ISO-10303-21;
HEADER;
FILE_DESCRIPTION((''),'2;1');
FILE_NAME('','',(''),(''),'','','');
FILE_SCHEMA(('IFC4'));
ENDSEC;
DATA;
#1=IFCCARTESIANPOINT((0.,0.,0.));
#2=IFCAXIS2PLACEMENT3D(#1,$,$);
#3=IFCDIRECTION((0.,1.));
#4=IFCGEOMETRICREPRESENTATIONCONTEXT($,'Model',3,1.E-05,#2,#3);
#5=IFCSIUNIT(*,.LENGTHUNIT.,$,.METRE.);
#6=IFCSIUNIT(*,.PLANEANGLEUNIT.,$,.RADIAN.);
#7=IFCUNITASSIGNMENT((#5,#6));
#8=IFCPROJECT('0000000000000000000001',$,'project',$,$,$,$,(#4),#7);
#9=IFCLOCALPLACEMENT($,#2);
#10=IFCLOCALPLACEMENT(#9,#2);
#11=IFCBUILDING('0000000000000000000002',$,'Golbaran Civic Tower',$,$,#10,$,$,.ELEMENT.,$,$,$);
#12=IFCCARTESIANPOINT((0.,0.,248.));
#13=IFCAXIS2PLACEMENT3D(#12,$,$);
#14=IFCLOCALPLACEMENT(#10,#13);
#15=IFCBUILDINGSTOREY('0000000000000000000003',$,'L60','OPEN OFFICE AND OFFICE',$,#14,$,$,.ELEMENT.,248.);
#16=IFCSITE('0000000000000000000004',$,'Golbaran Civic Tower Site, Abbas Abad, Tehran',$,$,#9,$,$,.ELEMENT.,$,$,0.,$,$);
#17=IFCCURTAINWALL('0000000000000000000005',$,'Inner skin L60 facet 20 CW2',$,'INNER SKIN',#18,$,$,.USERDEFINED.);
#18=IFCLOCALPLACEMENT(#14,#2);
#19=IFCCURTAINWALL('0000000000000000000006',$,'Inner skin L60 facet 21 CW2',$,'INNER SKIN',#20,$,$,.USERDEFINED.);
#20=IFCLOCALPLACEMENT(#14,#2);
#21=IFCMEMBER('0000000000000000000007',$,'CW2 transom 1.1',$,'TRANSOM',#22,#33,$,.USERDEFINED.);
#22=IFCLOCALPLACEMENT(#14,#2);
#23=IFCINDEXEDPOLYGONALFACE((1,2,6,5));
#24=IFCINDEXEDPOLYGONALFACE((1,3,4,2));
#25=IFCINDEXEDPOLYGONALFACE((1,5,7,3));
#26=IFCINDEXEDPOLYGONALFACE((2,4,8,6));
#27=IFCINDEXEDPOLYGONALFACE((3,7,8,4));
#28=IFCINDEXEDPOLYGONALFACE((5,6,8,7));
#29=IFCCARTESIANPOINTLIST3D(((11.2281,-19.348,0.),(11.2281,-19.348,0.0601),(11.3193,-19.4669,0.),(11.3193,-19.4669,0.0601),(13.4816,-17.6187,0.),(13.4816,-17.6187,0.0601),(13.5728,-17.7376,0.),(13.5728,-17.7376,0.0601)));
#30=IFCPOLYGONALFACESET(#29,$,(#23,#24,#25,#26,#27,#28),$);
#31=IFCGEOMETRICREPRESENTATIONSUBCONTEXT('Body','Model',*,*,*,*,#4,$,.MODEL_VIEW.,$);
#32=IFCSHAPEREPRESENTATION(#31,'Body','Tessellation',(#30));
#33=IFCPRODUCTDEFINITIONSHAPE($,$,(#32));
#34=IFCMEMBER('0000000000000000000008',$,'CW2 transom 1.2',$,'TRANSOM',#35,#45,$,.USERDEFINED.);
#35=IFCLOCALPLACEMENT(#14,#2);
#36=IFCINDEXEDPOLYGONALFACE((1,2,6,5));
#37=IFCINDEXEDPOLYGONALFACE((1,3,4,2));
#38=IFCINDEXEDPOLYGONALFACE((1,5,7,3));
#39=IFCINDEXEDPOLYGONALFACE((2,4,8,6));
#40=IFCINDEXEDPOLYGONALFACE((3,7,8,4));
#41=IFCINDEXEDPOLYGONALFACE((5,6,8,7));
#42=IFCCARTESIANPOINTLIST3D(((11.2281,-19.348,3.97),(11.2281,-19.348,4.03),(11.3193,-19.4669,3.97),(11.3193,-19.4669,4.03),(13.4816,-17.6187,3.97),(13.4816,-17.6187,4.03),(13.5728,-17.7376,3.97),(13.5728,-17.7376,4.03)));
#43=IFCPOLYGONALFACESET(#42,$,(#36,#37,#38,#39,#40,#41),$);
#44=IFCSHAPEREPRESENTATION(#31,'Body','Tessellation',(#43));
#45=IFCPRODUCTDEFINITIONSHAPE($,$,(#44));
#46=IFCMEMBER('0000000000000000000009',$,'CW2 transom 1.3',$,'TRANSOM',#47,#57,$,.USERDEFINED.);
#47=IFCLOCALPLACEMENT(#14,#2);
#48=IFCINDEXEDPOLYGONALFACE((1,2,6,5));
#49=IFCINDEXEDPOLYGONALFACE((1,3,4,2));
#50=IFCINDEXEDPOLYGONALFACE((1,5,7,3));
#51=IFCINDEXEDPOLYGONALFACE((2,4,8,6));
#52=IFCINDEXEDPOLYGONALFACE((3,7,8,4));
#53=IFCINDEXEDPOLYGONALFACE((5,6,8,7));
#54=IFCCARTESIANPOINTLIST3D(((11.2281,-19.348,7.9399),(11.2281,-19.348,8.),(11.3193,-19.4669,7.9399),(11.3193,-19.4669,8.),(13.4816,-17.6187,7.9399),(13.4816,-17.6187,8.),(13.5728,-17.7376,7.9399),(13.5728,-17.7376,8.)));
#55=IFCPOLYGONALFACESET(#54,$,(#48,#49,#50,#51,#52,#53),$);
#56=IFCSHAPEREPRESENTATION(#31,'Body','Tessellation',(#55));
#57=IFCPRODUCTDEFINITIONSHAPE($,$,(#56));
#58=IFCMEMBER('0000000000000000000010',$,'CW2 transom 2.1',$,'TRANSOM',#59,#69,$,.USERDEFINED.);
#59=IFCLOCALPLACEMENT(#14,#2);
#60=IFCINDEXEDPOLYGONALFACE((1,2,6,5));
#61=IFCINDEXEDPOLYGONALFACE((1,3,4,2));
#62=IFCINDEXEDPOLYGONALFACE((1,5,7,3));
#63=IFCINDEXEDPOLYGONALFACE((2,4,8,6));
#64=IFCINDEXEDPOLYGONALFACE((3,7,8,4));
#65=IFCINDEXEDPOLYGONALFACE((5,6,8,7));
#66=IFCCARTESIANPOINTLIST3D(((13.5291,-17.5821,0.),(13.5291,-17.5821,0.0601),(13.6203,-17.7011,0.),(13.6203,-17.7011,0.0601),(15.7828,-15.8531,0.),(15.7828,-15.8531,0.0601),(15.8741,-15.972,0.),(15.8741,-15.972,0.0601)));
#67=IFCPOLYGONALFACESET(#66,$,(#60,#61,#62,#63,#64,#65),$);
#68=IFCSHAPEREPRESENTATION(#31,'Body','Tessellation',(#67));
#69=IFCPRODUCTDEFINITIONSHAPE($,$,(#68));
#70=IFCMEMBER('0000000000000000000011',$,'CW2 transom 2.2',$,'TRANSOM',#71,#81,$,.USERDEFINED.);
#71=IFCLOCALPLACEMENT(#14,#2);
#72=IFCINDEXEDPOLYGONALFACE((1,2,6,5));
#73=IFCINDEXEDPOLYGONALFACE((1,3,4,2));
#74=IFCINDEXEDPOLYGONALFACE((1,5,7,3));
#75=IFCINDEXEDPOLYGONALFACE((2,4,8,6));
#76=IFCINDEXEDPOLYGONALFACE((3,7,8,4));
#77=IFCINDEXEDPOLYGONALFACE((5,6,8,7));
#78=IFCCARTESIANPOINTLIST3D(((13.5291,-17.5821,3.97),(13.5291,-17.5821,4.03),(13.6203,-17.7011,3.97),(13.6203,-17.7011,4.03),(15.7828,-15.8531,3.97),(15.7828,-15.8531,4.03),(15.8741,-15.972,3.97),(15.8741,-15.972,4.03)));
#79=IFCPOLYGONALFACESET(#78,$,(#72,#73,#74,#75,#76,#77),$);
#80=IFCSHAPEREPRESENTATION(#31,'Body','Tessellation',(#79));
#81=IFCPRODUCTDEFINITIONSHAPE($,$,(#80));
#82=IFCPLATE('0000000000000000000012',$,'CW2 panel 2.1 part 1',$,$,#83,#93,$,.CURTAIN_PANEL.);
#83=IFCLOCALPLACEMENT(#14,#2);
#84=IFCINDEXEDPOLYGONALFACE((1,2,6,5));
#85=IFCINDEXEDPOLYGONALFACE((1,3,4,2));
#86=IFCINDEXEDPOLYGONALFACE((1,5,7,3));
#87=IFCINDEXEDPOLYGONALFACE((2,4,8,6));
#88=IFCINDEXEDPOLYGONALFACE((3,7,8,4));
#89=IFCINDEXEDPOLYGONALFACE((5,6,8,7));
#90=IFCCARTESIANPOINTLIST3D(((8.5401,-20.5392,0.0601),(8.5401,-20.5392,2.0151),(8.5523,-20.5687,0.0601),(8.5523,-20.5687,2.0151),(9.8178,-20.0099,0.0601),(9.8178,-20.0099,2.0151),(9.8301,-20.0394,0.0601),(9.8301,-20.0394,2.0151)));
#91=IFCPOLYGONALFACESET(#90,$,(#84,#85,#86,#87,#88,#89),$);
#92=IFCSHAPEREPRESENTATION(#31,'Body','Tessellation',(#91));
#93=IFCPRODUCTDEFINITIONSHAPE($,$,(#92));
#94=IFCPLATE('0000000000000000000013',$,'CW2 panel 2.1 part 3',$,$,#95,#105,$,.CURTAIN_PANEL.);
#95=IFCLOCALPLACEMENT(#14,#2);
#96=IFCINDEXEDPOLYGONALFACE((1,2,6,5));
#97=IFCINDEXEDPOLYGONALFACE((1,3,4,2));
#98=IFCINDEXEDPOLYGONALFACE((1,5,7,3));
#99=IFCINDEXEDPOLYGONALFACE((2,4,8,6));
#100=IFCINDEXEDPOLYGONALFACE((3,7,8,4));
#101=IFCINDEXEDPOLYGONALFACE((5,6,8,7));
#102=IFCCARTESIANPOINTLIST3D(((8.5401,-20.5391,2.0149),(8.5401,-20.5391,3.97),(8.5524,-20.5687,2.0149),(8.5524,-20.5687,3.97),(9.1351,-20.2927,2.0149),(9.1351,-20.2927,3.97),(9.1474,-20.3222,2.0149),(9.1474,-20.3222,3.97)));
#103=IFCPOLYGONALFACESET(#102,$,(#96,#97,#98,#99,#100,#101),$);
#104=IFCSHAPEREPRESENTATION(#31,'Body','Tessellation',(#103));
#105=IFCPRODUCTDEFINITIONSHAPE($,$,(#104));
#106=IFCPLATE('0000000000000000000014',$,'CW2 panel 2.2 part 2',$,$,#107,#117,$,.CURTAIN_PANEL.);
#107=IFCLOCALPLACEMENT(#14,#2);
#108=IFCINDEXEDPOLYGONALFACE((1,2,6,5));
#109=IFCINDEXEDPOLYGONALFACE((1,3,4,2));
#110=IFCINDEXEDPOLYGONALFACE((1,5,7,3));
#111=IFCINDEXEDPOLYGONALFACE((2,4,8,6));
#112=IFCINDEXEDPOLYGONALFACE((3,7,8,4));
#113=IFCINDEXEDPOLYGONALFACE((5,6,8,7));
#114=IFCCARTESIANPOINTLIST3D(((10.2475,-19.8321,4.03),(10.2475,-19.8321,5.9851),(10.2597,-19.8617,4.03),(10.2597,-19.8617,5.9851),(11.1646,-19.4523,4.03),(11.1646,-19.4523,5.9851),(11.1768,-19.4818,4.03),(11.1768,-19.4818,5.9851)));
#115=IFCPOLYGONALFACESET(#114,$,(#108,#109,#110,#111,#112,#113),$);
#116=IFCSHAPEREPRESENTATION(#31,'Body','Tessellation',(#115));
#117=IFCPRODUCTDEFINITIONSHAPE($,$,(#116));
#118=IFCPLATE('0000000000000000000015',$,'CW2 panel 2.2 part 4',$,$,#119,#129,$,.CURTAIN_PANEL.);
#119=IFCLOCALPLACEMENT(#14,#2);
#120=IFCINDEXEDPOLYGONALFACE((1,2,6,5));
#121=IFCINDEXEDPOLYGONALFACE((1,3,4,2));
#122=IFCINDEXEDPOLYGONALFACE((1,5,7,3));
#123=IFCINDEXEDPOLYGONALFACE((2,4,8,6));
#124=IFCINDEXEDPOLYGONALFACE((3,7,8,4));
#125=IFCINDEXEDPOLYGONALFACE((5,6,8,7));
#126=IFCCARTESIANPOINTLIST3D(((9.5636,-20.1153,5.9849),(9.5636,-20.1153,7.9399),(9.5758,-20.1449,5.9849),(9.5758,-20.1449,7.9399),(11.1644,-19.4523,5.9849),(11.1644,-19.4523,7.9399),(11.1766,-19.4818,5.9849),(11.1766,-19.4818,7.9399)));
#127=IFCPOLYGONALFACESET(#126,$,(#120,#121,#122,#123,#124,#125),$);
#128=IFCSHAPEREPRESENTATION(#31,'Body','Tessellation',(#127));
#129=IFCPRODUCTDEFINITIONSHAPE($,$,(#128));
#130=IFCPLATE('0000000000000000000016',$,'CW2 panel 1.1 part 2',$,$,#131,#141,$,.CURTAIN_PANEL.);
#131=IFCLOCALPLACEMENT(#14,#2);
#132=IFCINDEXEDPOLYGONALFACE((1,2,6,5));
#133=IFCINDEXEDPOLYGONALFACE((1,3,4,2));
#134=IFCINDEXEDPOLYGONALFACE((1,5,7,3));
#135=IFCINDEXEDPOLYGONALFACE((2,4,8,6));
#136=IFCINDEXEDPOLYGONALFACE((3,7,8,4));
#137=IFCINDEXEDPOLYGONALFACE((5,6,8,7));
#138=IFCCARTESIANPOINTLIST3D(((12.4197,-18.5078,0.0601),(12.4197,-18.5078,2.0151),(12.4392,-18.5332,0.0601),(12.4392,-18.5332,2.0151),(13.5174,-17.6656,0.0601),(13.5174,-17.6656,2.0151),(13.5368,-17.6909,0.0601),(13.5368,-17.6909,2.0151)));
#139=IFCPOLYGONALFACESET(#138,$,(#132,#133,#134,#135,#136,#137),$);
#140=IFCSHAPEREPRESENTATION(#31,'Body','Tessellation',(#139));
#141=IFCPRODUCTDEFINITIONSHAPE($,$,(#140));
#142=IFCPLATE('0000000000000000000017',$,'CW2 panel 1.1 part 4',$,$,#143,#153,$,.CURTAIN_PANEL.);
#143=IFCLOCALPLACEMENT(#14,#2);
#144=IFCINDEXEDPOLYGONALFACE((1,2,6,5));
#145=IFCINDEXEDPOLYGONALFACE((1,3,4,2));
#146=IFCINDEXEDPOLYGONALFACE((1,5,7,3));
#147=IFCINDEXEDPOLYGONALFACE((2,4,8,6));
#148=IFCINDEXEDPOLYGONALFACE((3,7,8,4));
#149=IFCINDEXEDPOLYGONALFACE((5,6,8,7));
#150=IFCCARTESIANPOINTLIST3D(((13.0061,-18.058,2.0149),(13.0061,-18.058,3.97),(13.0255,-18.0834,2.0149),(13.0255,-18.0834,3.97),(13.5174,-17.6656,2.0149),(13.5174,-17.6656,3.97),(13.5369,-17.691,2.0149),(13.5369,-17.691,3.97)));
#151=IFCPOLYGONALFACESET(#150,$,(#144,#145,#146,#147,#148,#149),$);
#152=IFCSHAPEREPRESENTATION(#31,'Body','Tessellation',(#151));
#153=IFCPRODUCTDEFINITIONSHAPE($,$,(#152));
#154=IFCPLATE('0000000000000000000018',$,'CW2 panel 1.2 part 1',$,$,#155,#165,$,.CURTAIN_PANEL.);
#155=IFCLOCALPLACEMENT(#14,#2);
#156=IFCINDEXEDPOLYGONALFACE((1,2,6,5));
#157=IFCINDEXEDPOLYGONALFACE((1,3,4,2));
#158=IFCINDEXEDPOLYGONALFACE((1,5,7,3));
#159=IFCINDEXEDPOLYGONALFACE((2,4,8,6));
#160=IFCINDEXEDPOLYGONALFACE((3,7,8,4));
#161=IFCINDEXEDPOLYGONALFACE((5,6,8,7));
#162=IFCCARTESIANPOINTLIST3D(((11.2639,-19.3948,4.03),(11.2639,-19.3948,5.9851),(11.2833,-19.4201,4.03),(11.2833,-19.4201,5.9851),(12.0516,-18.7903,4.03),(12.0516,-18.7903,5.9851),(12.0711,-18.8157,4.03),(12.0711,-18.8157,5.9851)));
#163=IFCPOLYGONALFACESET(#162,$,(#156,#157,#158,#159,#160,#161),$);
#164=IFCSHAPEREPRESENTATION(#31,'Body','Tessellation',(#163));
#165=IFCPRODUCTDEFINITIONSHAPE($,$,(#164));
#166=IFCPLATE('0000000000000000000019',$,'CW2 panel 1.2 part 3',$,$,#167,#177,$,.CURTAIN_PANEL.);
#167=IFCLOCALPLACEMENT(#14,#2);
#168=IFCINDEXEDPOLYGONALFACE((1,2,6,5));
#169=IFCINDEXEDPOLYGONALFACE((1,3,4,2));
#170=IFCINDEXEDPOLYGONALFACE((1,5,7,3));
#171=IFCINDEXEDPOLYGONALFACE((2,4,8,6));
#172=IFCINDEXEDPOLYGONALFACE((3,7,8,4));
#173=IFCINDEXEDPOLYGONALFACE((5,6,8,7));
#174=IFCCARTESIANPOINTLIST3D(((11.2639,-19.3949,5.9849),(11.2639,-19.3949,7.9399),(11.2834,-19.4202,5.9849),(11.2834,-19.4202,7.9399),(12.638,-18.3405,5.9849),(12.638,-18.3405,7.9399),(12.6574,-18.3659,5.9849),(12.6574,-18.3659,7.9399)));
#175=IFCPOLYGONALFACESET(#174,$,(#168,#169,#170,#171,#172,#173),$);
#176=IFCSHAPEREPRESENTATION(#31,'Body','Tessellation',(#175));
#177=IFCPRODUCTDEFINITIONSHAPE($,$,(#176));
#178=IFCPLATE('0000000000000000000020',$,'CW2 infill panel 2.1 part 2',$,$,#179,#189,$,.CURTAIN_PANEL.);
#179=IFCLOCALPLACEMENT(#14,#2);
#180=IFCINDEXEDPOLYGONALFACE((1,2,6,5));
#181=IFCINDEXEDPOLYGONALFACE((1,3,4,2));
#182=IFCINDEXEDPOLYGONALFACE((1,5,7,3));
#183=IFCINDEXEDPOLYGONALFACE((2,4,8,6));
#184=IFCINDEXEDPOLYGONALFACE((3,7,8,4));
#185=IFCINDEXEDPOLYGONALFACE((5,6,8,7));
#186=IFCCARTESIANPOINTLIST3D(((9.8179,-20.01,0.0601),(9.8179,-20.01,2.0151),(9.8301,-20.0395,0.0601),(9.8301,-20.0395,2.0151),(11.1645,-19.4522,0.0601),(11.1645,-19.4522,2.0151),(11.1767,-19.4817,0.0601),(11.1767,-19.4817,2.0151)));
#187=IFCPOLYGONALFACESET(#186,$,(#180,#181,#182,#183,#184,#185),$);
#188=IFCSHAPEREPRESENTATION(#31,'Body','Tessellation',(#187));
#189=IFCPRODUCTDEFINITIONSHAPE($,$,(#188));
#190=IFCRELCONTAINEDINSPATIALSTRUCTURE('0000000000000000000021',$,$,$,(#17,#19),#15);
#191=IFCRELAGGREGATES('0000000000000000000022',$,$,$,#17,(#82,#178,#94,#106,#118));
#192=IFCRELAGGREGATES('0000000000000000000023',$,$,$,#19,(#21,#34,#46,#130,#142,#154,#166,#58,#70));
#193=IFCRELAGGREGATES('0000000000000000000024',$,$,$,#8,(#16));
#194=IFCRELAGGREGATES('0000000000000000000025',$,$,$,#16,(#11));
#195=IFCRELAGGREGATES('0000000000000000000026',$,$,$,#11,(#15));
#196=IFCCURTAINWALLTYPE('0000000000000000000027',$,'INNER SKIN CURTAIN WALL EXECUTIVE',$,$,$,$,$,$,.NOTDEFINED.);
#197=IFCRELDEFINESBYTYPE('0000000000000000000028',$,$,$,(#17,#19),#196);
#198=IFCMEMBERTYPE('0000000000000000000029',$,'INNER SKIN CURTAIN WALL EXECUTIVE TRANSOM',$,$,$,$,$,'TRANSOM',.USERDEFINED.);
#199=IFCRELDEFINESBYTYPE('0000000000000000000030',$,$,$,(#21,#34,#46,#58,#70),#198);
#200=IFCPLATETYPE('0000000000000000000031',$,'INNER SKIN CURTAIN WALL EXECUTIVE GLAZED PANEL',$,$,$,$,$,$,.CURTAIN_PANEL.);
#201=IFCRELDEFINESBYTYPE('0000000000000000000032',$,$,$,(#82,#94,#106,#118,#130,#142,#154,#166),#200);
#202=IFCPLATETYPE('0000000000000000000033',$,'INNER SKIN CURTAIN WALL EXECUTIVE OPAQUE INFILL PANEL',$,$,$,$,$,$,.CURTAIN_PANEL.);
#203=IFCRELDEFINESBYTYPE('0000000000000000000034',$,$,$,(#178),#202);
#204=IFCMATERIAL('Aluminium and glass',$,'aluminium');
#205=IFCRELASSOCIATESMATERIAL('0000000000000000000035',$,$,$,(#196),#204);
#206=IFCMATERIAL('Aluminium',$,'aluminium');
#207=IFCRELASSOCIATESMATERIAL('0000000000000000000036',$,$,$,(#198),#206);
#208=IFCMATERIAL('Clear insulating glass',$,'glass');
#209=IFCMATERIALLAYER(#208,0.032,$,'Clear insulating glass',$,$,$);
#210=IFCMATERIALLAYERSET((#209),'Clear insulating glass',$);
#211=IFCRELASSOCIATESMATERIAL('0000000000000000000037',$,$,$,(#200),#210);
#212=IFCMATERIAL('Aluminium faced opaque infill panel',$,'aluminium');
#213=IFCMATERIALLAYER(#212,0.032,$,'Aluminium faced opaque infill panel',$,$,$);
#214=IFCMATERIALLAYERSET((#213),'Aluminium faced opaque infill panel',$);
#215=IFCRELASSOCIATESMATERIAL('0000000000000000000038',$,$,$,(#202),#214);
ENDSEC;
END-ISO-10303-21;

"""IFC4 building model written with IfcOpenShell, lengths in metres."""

from ifc_helpers import new_model, si_unit, direction, frame, origin, origin_2d, place, context, subcontext, project, spatial, rectangle, extrude, material, layer, layer_set, material_profile, profile_set, type_object, element, aggregate, save


model = new_model("IFC4")

# Units and contexts
model_context = context("Model", 3, precision=1e-05, world=origin(), true_north=direction((0.0, 1.0)))
body_context = subcontext(model_context, "Body", "Model", "MODEL_VIEW")
ifc_project = project(units=[si_unit("LENGTHUNIT", "METRE"), si_unit("PLANEANGLEUNIT", "RADIAN")], contexts=[model_context])

# Site, building, storey
site_placement = place(None, origin())
site = spatial("IfcSite", under=ifc_project, at=site_placement, Name="Golbaran Civic Tower Site, Abbas Abad, Tehran", CompositionType="ELEMENT", RefElevation=0.0)
building_placement = place(site_placement, origin())
building = spatial("IfcBuilding", under=site, at=building_placement, Name="Golbaran Civic Tower", CompositionType="ELEMENT")
storey_placement = place(building_placement, frame((0.0, 0.0, 248.0)))
storey = spatial("IfcBuildingStorey", under=building, at=storey_placement, Name="L60", Description="OPEN OFFICE AND OFFICE", CompositionType="ELEMENT", Elevation=248.0)

# Curtain wall
ifc_material_1 = material(Name="Aluminium and glass", Category="aluminium")
curtain_wall_type = type_object("IfcCurtainWallType", Name="INNER SKIN CURTAIN WALL EXECUTIVE", PredefinedType="NOTDEFINED", material=ifc_material_1)
curtain_wall_1_placement = place(storey_placement, origin())
curtain_wall_1 = element("IfcCurtainWall", 1, at=curtain_wall_1_placement, inside=storey, type_object=curtain_wall_type, Name="Inner skin L60 facet 20 CW2", ObjectType="INNER SKIN", PredefinedType="USERDEFINED")
ifc_material_2 = material(Name="Aluminium", Category="aluminium")

# Curtain wall
curtain_wall_2_placement = place(storey_placement, origin())
curtain_wall_2 = element("IfcCurtainWall", 2, at=curtain_wall_2_placement, inside=storey, type_object=curtain_wall_type, Name="Inner skin L60 facet 21 CW2", ObjectType="INNER SKIN", PredefinedType="USERDEFINED")

# Members
ifc_material_profile_1 = material_profile(ifc_material_2, rectangle(XDim=0.1499, YDim=0.0601, at=origin_2d()), Name="INNER SKIN CURTAIN WALL EXECUTIVE TRANSOM")
ifc_profile_set_1 = profile_set([ifc_material_profile_1], Name="Aluminium")
member_type_1 = type_object("IfcMemberType", Name="INNER SKIN CURTAIN WALL EXECUTIVE TRANSOM", ElementType="TRANSOM", PredefinedType="USERDEFINED", material=ifc_profile_set_1)
member_1_placement = place(storey_placement, frame((11.2737, -19.4075, 0.03), z_axis=(0.79333, 0.608792, 0.0), x_axis=(-0.608792, 0.79333, 0.0)))
member_1 = element("IfcMember", 3, at=member_1_placement, type_object=member_type_1, Name="CW2 transom 1.1", ObjectType="TRANSOM", PredefinedType="USERDEFINED", context=body_context, shape_type="SweptSolid", body=[
    extrude(rectangle(XDim=0.1499, YDim=0.0601, at=origin_2d()), origin(), (0.0, 0.0, 1.0), 2.8406),
])
member_2_placement = place(storey_placement, frame((11.2737, -19.4075, 4.0), z_axis=(0.79333, 0.608792, 0.0), x_axis=(-0.608792, 0.79333, 0.0)))
member_2 = element("IfcMember", 4, at=member_2_placement, type_object=member_type_1, Name="CW2 transom 1.2", ObjectType="TRANSOM", PredefinedType="USERDEFINED", context=body_context, shape_type="SweptSolid", body=[
    extrude(rectangle(XDim=0.1499, YDim=0.0601, at=origin_2d()), origin(), (0.0, 0.0, 1.0), 2.8406),
])
member_3_placement = place(storey_placement, frame((11.2737, -19.4075, 7.97), z_axis=(0.79333, 0.608792, 0.0), x_axis=(-0.608792, 0.79333, 0.0)))
member_3 = element("IfcMember", 5, at=member_3_placement, type_object=member_type_1, Name="CW2 transom 1.3", ObjectType="TRANSOM", PredefinedType="USERDEFINED", context=body_context, shape_type="SweptSolid", body=[
    extrude(rectangle(XDim=0.1499, YDim=0.0601, at=origin_2d()), origin(), (0.0, 0.0, 1.0), 2.8406),
])
member_4_placement = place(storey_placement, frame((13.5747, -17.6416, 0.03), z_axis=(0.793403, 0.608697, 0.0), x_axis=(-0.608697, 0.793403, 0.0)))
member_4 = element("IfcMember", 6, at=member_4_placement, type_object=member_type_1, Name="CW2 transom 2.1", ObjectType="TRANSOM", PredefinedType="USERDEFINED", context=body_context, shape_type="SweptSolid", body=[
    extrude(rectangle(XDim=0.1499, YDim=0.0601, at=origin_2d()), origin(), (0.0, 0.0, 1.0), 2.8406),
])
member_5_placement = place(storey_placement, frame((13.5747, -17.6416, 4.0), z_axis=(0.793403, 0.608697, 0.0), x_axis=(-0.608697, 0.793403, 0.0)))
member_5 = element("IfcMember", 7, at=member_5_placement, type_object=member_type_1, Name="CW2 transom 2.2", ObjectType="TRANSOM", PredefinedType="USERDEFINED", context=body_context, shape_type="SweptSolid", body=[
    extrude(rectangle(XDim=0.1499, YDim=0.0601, at=origin_2d()), origin(), (0.0, 0.0, 1.0), 2.8406),
])

# Plates
ifc_material_3 = material(Name="Clear insulating glass", Category="glass")
ifc_layer_1 = layer(ifc_material_3, 0.032, Name="Clear insulating glass")
ifc_layer_set_1 = layer_set([ifc_layer_1], Name="Clear insulating glass")
plate_type_1 = type_object("IfcPlateType", Name="INNER SKIN CURTAIN WALL EXECUTIVE GLAZED PANEL", PredefinedType="CURTAIN_PANEL", material=ifc_layer_set_1)
plate_1_placement = place(storey_placement, frame((9.1851, -20.2893, 0.0601), z_axis=(0.0, 0.0, 1.0), x_axis=(0.92388, 0.382683, 0.0)))
plate_1 = element("IfcPlate", 8, at=plate_1_placement, type_object=plate_type_1, Name="CW2 panel 2.1 part 1", PredefinedType="CURTAIN_PANEL", context=body_context, shape_type="SweptSolid", body=[
    extrude(rectangle(XDim=1.3831, YDim=0.032, at=origin_2d()), origin(), (0.0, 0.0, 1.0), 1.9551),
])
plate_2_placement = place(storey_placement, frame((8.8438, -20.4307, 2.0149), z_axis=(0.0, 0.0, 1.0), x_axis=(0.92388, 0.382683, 0.0)))
plate_2 = element("IfcPlate", 9, at=plate_2_placement, type_object=plate_type_1, Name="CW2 panel 2.1 part 3", PredefinedType="CURTAIN_PANEL", context=body_context, shape_type="SweptSolid", body=[
    extrude(rectangle(XDim=0.644, YDim=0.032, at=origin_2d()), origin(), (0.0, 0.0, 1.0), 1.9551),
])
plate_3_placement = place(storey_placement, frame((10.7122, -19.657, 4.03), z_axis=(0.0, 0.0, 1.0), x_axis=(0.92388, 0.382683, 0.0)))
plate_3 = element("IfcPlate", 10, at=plate_3_placement, type_object=plate_type_1, Name="CW2 panel 2.2 part 2", PredefinedType="CURTAIN_PANEL", context=body_context, shape_type="SweptSolid", body=[
    extrude(rectangle(XDim=0.9927, YDim=0.032, at=origin_2d()), origin(), (0.0, 0.0, 1.0), 1.9551),
])
plate_4_placement = place(storey_placement, frame((10.3701, -19.7986, 5.9849), z_axis=(0.0, 0.0, 1.0), x_axis=(0.92388, 0.382683, 0.0)))
plate_4 = element("IfcPlate", 11, at=plate_4_placement, type_object=plate_type_1, Name="CW2 panel 2.2 part 4", PredefinedType="CURTAIN_PANEL", context=body_context, shape_type="SweptSolid", body=[
    extrude(rectangle(XDim=1.7327, YDim=0.032, at=origin_2d()), origin(), (0.0, 0.0, 1.0), 1.9551),
])
plate_5_placement = place(storey_placement, frame((12.9783, -18.0994, 0.0601), z_axis=(0.0, 0.0, 1.0), x_axis=(0.793353, 0.608761, 0.0)))
plate_5 = element("IfcPlate", 12, at=plate_5_placement, type_object=plate_type_1, Name="CW2 panel 1.1 part 2", PredefinedType="CURTAIN_PANEL", context=body_context, shape_type="SweptSolid", body=[
    extrude(rectangle(XDim=1.3835, YDim=0.032, at=origin_2d()), origin(), (0.0, 0.0, 1.0), 1.9551),
])
plate_6_placement = place(storey_placement, frame((13.2715, -17.8745, 2.0149), z_axis=(0.0, 0.0, 1.0), x_axis=(0.793353, 0.608761, 0.0)))
plate_6 = element("IfcPlate", 13, at=plate_6_placement, type_object=plate_type_1, Name="CW2 panel 1.1 part 4", PredefinedType="CURTAIN_PANEL", context=body_context, shape_type="SweptSolid", body=[
    extrude(rectangle(XDim=0.6445, YDim=0.032, at=origin_2d()), origin(), (0.0, 0.0, 1.0), 1.9551),
])
plate_7_placement = place(storey_placement, frame((11.6675, -19.1052, 4.03), z_axis=(0.0, 0.0, 1.0), x_axis=(0.793353, 0.608761, 0.0)))
plate_7 = element("IfcPlate", 14, at=plate_7_placement, type_object=plate_type_1, Name="CW2 panel 1.2 part 1", PredefinedType="CURTAIN_PANEL", context=body_context, shape_type="SweptSolid", body=[
    extrude(rectangle(XDim=0.9929, YDim=0.032, at=origin_2d()), origin(), (0.0, 0.0, 1.0), 1.9551),
])
plate_8_placement = place(storey_placement, frame((11.9607, -18.8804, 5.9849), z_axis=(0.0, 0.0, 1.0), x_axis=(0.793353, 0.608761, 0.0)))
plate_8 = element("IfcPlate", 15, at=plate_8_placement, type_object=plate_type_1, Name="CW2 panel 1.2 part 3", PredefinedType="CURTAIN_PANEL", context=body_context, shape_type="SweptSolid", body=[
    extrude(rectangle(XDim=1.7319, YDim=0.032, at=origin_2d()), origin(), (0.0, 0.0, 1.0), 1.9551),
])
ifc_material_4 = material(Name="Aluminium faced opaque infill panel", Category="aluminium")
ifc_layer_2 = layer(ifc_material_4, 0.032, Name="Aluminium faced opaque infill panel")
ifc_layer_set_2 = layer_set([ifc_layer_2], Name="Aluminium faced opaque infill panel")
plate_type_2 = type_object("IfcPlateType", Name="INNER SKIN CURTAIN WALL EXECUTIVE OPAQUE INFILL PANEL", PredefinedType="CURTAIN_PANEL", material=ifc_layer_set_2)
plate_9_placement = place(storey_placement, frame((10.4973, -19.7458, 0.0601), z_axis=(0.0, 0.0, 1.0), x_axis=(0.92388, 0.382683, 0.0)))
plate_9 = element("IfcPlate", 16, at=plate_9_placement, type_object=plate_type_2, Name="CW2 infill panel 2.1 part 2", PredefinedType="CURTAIN_PANEL", context=body_context, shape_type="SweptSolid", body=[
    extrude(rectangle(XDim=1.4575, YDim=0.032, at=origin_2d()), origin(), (0.0, 0.0, 1.0), 1.9551),
])
aggregate(curtain_wall_1, [plate_1, plate_9, plate_2, plate_3, plate_4])
aggregate(curtain_wall_2, [member_1, member_2, member_3, plate_5, plate_6, plate_7, plate_8, member_4, member_5])

save(model, "model.ifc")
